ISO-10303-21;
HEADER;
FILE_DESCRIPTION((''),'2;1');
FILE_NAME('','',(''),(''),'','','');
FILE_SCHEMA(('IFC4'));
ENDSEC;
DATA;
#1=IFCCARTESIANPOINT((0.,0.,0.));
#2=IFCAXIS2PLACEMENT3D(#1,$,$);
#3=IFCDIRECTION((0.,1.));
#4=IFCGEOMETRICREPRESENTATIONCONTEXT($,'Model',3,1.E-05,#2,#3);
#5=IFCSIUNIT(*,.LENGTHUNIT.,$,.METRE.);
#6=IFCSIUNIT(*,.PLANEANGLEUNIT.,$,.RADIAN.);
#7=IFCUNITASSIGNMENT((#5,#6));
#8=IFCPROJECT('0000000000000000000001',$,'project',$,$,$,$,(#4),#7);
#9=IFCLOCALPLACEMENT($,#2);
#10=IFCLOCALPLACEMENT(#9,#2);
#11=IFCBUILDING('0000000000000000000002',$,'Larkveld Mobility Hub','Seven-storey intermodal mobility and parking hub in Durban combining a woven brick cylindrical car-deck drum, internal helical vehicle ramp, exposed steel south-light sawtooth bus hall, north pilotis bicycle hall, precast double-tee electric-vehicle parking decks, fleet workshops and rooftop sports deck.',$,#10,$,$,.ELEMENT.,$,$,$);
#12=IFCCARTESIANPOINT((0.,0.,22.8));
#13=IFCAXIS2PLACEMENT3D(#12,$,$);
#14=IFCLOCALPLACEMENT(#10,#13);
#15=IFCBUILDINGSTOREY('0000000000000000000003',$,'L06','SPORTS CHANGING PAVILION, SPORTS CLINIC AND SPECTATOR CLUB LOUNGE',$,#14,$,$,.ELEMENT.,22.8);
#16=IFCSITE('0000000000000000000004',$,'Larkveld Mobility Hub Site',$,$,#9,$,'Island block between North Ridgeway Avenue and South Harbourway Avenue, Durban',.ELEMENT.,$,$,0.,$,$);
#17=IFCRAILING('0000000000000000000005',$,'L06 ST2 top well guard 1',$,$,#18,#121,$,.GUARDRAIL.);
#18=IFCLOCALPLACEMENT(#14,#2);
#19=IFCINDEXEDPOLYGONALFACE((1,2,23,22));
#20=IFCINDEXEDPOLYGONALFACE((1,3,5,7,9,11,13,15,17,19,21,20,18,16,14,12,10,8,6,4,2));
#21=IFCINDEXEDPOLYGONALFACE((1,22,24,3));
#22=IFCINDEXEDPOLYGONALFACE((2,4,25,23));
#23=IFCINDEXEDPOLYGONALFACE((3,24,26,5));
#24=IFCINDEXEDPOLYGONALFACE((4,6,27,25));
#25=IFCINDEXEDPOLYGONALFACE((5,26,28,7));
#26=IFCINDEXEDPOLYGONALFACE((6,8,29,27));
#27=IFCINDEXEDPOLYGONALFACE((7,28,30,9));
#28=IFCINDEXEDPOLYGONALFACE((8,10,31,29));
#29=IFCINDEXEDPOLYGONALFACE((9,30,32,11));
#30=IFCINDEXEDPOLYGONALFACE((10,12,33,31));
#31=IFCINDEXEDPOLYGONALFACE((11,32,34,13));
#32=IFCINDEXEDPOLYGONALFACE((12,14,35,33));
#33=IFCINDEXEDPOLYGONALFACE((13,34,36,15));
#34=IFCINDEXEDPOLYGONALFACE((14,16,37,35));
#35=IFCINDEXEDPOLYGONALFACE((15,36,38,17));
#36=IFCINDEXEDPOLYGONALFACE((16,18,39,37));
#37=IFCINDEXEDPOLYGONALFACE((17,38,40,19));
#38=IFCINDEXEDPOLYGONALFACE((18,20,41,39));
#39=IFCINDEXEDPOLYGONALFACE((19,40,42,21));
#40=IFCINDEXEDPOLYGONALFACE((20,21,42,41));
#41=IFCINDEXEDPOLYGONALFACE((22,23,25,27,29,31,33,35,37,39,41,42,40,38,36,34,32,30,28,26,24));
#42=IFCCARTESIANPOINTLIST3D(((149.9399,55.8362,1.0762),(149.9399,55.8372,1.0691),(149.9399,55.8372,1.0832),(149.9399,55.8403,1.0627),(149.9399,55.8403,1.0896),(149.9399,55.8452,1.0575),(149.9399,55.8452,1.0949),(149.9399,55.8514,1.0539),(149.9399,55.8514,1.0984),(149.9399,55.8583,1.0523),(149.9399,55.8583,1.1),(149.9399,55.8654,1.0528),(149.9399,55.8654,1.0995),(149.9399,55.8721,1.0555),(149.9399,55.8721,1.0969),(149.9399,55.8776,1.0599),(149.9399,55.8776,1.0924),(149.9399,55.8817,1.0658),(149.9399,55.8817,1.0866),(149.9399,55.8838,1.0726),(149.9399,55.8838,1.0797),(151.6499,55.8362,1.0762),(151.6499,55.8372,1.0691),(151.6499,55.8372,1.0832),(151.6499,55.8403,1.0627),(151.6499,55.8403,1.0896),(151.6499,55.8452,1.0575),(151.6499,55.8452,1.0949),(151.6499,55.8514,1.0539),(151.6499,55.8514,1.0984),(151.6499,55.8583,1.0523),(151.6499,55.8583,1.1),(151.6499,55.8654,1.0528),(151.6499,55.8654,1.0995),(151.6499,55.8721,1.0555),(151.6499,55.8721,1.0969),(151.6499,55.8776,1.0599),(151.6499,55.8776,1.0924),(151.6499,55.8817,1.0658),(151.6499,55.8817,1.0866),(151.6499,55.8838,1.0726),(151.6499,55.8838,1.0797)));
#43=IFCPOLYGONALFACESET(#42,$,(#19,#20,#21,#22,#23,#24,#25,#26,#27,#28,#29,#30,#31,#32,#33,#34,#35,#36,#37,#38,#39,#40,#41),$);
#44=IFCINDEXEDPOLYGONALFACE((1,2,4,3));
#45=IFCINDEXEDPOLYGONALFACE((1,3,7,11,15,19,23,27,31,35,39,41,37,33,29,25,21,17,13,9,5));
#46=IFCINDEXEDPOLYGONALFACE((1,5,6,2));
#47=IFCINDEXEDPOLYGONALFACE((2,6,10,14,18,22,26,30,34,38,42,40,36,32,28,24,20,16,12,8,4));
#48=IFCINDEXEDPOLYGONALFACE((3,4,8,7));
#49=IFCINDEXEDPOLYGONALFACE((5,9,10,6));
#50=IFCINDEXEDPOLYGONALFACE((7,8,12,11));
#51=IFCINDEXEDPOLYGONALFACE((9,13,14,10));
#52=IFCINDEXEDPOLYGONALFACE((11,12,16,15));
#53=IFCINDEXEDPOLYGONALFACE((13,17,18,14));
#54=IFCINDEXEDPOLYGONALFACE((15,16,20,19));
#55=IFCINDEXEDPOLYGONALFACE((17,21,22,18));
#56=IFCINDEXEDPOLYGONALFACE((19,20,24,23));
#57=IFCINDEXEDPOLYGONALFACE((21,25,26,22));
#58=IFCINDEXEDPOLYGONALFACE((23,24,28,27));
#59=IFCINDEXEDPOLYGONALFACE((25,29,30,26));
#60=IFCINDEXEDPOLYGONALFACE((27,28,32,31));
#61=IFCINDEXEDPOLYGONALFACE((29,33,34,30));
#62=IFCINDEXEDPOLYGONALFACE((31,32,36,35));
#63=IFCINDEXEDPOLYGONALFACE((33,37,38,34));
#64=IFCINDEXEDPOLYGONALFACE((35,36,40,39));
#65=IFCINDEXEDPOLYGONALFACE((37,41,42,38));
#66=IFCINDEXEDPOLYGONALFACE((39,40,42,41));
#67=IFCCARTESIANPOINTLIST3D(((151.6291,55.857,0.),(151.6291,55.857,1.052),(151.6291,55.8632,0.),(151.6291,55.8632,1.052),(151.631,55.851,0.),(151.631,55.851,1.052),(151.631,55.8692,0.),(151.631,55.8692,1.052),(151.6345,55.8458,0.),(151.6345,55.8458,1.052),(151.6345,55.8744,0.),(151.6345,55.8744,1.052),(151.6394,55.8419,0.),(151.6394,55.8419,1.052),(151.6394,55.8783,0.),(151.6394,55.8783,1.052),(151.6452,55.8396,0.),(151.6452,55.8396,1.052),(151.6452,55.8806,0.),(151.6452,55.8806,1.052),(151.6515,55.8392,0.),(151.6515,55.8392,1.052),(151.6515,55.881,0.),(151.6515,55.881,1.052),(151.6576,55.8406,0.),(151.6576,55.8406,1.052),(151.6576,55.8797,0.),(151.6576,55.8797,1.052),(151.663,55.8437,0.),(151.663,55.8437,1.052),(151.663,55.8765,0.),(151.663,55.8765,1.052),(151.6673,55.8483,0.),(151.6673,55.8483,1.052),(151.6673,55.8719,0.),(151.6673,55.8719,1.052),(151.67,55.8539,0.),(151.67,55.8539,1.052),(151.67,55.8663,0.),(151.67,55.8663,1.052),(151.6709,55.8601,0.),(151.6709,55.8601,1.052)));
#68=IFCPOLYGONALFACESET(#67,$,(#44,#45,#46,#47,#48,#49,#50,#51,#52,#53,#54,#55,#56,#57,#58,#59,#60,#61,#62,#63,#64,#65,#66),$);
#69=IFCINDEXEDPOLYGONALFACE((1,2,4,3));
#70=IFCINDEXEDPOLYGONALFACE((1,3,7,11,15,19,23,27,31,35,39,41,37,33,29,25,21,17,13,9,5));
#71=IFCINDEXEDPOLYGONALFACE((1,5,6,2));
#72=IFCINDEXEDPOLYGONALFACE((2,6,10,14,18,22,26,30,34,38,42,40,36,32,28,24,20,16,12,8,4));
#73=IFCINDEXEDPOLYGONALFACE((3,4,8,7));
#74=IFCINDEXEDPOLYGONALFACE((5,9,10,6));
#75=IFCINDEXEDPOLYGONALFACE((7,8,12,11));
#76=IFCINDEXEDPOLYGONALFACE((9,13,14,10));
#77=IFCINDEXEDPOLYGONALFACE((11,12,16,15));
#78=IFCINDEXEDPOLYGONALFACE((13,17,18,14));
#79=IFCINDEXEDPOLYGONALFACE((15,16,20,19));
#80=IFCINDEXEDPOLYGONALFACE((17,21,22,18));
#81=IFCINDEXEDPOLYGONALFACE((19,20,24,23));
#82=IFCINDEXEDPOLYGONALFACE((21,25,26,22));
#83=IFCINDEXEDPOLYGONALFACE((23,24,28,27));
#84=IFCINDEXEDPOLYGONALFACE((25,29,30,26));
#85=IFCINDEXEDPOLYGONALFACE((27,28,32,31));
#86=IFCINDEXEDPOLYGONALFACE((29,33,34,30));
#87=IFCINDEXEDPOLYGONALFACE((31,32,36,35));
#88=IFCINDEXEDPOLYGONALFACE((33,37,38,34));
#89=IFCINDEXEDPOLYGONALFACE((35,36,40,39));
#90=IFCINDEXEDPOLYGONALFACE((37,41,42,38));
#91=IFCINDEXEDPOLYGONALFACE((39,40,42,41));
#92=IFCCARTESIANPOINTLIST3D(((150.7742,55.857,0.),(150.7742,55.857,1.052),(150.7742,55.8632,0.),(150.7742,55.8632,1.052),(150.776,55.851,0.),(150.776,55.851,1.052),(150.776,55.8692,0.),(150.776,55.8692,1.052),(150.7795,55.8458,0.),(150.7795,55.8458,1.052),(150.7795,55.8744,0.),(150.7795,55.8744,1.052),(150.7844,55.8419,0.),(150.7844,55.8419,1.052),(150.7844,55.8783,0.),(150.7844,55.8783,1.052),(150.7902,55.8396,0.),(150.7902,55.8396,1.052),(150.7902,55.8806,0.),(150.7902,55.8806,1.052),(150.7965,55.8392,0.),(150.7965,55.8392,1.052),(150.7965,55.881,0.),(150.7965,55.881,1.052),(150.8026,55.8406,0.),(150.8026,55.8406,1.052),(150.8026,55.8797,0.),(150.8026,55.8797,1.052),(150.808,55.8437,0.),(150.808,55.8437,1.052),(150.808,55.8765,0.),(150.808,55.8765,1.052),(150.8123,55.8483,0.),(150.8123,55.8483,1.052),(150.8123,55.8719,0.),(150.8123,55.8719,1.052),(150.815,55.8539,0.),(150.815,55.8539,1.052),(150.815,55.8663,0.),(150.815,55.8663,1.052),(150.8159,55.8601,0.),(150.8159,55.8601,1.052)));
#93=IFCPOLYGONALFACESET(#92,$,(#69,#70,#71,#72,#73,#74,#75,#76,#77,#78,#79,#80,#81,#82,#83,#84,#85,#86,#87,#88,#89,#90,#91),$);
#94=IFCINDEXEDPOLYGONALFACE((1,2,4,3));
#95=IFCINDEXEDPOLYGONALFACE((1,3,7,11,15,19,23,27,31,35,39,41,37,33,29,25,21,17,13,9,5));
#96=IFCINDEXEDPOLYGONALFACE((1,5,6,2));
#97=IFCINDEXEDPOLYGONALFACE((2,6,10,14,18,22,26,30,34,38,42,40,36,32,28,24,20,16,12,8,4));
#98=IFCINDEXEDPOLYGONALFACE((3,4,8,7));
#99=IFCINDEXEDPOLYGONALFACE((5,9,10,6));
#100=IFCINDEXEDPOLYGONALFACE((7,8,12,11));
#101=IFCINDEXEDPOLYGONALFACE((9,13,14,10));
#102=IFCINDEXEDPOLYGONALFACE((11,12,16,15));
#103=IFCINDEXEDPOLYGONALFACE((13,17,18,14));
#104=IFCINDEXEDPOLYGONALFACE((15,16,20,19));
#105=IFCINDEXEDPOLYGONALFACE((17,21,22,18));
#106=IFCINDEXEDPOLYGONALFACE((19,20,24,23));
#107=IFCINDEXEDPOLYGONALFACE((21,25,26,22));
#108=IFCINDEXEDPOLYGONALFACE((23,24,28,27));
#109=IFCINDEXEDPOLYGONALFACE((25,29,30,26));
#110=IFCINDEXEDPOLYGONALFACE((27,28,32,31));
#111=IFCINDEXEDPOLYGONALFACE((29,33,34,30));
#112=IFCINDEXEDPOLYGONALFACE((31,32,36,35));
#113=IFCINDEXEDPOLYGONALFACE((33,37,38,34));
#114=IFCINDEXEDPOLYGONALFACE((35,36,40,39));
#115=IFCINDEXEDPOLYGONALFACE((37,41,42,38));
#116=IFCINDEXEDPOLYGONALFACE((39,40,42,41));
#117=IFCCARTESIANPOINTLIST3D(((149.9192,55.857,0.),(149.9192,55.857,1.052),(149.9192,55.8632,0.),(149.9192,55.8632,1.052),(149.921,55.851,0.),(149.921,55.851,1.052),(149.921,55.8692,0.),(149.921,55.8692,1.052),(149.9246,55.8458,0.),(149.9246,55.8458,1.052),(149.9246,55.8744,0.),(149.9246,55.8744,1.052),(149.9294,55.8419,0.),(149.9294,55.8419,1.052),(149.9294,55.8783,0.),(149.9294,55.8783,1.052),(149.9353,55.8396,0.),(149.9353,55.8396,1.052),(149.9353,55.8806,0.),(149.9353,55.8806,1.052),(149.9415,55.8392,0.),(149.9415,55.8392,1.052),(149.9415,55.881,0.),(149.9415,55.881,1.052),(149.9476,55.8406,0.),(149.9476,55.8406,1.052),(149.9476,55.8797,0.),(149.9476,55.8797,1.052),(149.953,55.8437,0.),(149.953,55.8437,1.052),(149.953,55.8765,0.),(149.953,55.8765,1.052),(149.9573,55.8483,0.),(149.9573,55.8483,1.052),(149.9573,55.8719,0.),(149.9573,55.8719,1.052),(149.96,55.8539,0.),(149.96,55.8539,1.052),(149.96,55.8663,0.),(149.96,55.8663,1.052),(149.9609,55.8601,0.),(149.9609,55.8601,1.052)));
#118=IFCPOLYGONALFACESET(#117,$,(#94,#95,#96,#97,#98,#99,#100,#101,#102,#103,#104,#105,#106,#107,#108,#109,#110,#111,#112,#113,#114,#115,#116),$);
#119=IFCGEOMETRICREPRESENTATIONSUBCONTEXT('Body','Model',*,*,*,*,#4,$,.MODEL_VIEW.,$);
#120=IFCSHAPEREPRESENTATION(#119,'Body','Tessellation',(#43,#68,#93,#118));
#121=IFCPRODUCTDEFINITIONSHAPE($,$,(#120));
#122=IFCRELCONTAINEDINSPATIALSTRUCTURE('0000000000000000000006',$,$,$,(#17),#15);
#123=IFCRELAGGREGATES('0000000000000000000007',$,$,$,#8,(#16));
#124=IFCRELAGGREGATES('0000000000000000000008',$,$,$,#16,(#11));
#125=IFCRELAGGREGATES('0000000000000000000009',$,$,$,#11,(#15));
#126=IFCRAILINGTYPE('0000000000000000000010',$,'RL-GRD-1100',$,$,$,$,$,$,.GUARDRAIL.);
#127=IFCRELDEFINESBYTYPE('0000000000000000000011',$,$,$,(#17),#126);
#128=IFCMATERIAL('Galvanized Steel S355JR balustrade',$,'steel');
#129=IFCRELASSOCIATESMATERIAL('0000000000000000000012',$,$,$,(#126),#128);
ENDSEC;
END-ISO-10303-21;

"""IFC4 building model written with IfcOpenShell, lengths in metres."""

from ifc_helpers import new_model, si_unit, direction, frame, origin, origin_2d, place, context, subcontext, project, spatial, circle, extrude, material, type_object, element, save


model = new_model("IFC4")

# Units and contexts
model_context = context("Model", 3, precision=1e-05, world=origin(), true_north=direction((0.0, 1.0)))
body_context = subcontext(model_context, "Body", "Model", "MODEL_VIEW")
ifc_project = project(units=[si_unit("LENGTHUNIT", "METRE"), si_unit("PLANEANGLEUNIT", "RADIAN")], contexts=[model_context])

# Site, building, storey
site_placement = place(None, origin())
site = spatial("IfcSite", under=ifc_project, at=site_placement, Name="Larkveld Mobility Hub Site", LongName="Island block between North Ridgeway Avenue and South Harbourway Avenue, Durban", CompositionType="ELEMENT", RefElevation=0.0)
building_placement = place(site_placement, origin())
building = spatial("IfcBuilding", under=site, at=building_placement, Name="Larkveld Mobility Hub", Description="Seven-storey intermodal mobility and parking hub in Durban combining a woven brick cylindrical car-deck drum, internal helical vehicle ramp, exposed steel south-light sawtooth bus hall, north pilotis bicycle hall, precast double-tee electric-vehicle parking decks, fleet workshops and rooftop sports deck.", CompositionType="ELEMENT")
storey_placement = place(building_placement, frame((0.0, 0.0, 22.8)))
storey = spatial("IfcBuildingStorey", under=building, at=storey_placement, Name="L06", Description="SPORTS CHANGING PAVILION, SPORTS CLINIC AND SPECTATOR CLUB LOUNGE", CompositionType="ELEMENT", Elevation=22.8)

# Railing
ifc_material_1 = material(Name="Galvanized Steel S355JR balustrade", Category="steel")
railing_type = type_object("IfcRailingType", Name="RL-GRD-1100", PredefinedType="GUARDRAIL", material=ifc_material_1)
railing_placement = place(storey_placement, frame((151.6499, 55.8601, 0.0)))
element("IfcRailing", 1, at=railing_placement, inside=storey, type_object=railing_type, Name="L06 ST2 top well guard 1", PredefinedType="GUARDRAIL", context=body_context, shape_type="SweptSolid", body=[
    extrude(circle(Radius=0.0239, at=origin_2d()), frame((0.0, 0.0, 1.0762), z_axis=(-1.0, 0.0, 0.0), x_axis=(0.0, -1.0, 0.0)), (0.0, 0.0, 1.0), 1.71),
    extrude(circle(Radius=0.021, at=origin_2d()), origin(), (0.0, 0.0, 1.0), 1.052),
    extrude(circle(Radius=0.021, at=origin_2d()), frame((-0.855, 0.0, 0.0)), (0.0, 0.0, 1.0), 1.052),
    extrude(circle(Radius=0.021, at=origin_2d()), frame((-1.71, 0.0, 0.0)), (0.0, 0.0, 1.0), 1.052),
])

save(model, "model.ifc")
